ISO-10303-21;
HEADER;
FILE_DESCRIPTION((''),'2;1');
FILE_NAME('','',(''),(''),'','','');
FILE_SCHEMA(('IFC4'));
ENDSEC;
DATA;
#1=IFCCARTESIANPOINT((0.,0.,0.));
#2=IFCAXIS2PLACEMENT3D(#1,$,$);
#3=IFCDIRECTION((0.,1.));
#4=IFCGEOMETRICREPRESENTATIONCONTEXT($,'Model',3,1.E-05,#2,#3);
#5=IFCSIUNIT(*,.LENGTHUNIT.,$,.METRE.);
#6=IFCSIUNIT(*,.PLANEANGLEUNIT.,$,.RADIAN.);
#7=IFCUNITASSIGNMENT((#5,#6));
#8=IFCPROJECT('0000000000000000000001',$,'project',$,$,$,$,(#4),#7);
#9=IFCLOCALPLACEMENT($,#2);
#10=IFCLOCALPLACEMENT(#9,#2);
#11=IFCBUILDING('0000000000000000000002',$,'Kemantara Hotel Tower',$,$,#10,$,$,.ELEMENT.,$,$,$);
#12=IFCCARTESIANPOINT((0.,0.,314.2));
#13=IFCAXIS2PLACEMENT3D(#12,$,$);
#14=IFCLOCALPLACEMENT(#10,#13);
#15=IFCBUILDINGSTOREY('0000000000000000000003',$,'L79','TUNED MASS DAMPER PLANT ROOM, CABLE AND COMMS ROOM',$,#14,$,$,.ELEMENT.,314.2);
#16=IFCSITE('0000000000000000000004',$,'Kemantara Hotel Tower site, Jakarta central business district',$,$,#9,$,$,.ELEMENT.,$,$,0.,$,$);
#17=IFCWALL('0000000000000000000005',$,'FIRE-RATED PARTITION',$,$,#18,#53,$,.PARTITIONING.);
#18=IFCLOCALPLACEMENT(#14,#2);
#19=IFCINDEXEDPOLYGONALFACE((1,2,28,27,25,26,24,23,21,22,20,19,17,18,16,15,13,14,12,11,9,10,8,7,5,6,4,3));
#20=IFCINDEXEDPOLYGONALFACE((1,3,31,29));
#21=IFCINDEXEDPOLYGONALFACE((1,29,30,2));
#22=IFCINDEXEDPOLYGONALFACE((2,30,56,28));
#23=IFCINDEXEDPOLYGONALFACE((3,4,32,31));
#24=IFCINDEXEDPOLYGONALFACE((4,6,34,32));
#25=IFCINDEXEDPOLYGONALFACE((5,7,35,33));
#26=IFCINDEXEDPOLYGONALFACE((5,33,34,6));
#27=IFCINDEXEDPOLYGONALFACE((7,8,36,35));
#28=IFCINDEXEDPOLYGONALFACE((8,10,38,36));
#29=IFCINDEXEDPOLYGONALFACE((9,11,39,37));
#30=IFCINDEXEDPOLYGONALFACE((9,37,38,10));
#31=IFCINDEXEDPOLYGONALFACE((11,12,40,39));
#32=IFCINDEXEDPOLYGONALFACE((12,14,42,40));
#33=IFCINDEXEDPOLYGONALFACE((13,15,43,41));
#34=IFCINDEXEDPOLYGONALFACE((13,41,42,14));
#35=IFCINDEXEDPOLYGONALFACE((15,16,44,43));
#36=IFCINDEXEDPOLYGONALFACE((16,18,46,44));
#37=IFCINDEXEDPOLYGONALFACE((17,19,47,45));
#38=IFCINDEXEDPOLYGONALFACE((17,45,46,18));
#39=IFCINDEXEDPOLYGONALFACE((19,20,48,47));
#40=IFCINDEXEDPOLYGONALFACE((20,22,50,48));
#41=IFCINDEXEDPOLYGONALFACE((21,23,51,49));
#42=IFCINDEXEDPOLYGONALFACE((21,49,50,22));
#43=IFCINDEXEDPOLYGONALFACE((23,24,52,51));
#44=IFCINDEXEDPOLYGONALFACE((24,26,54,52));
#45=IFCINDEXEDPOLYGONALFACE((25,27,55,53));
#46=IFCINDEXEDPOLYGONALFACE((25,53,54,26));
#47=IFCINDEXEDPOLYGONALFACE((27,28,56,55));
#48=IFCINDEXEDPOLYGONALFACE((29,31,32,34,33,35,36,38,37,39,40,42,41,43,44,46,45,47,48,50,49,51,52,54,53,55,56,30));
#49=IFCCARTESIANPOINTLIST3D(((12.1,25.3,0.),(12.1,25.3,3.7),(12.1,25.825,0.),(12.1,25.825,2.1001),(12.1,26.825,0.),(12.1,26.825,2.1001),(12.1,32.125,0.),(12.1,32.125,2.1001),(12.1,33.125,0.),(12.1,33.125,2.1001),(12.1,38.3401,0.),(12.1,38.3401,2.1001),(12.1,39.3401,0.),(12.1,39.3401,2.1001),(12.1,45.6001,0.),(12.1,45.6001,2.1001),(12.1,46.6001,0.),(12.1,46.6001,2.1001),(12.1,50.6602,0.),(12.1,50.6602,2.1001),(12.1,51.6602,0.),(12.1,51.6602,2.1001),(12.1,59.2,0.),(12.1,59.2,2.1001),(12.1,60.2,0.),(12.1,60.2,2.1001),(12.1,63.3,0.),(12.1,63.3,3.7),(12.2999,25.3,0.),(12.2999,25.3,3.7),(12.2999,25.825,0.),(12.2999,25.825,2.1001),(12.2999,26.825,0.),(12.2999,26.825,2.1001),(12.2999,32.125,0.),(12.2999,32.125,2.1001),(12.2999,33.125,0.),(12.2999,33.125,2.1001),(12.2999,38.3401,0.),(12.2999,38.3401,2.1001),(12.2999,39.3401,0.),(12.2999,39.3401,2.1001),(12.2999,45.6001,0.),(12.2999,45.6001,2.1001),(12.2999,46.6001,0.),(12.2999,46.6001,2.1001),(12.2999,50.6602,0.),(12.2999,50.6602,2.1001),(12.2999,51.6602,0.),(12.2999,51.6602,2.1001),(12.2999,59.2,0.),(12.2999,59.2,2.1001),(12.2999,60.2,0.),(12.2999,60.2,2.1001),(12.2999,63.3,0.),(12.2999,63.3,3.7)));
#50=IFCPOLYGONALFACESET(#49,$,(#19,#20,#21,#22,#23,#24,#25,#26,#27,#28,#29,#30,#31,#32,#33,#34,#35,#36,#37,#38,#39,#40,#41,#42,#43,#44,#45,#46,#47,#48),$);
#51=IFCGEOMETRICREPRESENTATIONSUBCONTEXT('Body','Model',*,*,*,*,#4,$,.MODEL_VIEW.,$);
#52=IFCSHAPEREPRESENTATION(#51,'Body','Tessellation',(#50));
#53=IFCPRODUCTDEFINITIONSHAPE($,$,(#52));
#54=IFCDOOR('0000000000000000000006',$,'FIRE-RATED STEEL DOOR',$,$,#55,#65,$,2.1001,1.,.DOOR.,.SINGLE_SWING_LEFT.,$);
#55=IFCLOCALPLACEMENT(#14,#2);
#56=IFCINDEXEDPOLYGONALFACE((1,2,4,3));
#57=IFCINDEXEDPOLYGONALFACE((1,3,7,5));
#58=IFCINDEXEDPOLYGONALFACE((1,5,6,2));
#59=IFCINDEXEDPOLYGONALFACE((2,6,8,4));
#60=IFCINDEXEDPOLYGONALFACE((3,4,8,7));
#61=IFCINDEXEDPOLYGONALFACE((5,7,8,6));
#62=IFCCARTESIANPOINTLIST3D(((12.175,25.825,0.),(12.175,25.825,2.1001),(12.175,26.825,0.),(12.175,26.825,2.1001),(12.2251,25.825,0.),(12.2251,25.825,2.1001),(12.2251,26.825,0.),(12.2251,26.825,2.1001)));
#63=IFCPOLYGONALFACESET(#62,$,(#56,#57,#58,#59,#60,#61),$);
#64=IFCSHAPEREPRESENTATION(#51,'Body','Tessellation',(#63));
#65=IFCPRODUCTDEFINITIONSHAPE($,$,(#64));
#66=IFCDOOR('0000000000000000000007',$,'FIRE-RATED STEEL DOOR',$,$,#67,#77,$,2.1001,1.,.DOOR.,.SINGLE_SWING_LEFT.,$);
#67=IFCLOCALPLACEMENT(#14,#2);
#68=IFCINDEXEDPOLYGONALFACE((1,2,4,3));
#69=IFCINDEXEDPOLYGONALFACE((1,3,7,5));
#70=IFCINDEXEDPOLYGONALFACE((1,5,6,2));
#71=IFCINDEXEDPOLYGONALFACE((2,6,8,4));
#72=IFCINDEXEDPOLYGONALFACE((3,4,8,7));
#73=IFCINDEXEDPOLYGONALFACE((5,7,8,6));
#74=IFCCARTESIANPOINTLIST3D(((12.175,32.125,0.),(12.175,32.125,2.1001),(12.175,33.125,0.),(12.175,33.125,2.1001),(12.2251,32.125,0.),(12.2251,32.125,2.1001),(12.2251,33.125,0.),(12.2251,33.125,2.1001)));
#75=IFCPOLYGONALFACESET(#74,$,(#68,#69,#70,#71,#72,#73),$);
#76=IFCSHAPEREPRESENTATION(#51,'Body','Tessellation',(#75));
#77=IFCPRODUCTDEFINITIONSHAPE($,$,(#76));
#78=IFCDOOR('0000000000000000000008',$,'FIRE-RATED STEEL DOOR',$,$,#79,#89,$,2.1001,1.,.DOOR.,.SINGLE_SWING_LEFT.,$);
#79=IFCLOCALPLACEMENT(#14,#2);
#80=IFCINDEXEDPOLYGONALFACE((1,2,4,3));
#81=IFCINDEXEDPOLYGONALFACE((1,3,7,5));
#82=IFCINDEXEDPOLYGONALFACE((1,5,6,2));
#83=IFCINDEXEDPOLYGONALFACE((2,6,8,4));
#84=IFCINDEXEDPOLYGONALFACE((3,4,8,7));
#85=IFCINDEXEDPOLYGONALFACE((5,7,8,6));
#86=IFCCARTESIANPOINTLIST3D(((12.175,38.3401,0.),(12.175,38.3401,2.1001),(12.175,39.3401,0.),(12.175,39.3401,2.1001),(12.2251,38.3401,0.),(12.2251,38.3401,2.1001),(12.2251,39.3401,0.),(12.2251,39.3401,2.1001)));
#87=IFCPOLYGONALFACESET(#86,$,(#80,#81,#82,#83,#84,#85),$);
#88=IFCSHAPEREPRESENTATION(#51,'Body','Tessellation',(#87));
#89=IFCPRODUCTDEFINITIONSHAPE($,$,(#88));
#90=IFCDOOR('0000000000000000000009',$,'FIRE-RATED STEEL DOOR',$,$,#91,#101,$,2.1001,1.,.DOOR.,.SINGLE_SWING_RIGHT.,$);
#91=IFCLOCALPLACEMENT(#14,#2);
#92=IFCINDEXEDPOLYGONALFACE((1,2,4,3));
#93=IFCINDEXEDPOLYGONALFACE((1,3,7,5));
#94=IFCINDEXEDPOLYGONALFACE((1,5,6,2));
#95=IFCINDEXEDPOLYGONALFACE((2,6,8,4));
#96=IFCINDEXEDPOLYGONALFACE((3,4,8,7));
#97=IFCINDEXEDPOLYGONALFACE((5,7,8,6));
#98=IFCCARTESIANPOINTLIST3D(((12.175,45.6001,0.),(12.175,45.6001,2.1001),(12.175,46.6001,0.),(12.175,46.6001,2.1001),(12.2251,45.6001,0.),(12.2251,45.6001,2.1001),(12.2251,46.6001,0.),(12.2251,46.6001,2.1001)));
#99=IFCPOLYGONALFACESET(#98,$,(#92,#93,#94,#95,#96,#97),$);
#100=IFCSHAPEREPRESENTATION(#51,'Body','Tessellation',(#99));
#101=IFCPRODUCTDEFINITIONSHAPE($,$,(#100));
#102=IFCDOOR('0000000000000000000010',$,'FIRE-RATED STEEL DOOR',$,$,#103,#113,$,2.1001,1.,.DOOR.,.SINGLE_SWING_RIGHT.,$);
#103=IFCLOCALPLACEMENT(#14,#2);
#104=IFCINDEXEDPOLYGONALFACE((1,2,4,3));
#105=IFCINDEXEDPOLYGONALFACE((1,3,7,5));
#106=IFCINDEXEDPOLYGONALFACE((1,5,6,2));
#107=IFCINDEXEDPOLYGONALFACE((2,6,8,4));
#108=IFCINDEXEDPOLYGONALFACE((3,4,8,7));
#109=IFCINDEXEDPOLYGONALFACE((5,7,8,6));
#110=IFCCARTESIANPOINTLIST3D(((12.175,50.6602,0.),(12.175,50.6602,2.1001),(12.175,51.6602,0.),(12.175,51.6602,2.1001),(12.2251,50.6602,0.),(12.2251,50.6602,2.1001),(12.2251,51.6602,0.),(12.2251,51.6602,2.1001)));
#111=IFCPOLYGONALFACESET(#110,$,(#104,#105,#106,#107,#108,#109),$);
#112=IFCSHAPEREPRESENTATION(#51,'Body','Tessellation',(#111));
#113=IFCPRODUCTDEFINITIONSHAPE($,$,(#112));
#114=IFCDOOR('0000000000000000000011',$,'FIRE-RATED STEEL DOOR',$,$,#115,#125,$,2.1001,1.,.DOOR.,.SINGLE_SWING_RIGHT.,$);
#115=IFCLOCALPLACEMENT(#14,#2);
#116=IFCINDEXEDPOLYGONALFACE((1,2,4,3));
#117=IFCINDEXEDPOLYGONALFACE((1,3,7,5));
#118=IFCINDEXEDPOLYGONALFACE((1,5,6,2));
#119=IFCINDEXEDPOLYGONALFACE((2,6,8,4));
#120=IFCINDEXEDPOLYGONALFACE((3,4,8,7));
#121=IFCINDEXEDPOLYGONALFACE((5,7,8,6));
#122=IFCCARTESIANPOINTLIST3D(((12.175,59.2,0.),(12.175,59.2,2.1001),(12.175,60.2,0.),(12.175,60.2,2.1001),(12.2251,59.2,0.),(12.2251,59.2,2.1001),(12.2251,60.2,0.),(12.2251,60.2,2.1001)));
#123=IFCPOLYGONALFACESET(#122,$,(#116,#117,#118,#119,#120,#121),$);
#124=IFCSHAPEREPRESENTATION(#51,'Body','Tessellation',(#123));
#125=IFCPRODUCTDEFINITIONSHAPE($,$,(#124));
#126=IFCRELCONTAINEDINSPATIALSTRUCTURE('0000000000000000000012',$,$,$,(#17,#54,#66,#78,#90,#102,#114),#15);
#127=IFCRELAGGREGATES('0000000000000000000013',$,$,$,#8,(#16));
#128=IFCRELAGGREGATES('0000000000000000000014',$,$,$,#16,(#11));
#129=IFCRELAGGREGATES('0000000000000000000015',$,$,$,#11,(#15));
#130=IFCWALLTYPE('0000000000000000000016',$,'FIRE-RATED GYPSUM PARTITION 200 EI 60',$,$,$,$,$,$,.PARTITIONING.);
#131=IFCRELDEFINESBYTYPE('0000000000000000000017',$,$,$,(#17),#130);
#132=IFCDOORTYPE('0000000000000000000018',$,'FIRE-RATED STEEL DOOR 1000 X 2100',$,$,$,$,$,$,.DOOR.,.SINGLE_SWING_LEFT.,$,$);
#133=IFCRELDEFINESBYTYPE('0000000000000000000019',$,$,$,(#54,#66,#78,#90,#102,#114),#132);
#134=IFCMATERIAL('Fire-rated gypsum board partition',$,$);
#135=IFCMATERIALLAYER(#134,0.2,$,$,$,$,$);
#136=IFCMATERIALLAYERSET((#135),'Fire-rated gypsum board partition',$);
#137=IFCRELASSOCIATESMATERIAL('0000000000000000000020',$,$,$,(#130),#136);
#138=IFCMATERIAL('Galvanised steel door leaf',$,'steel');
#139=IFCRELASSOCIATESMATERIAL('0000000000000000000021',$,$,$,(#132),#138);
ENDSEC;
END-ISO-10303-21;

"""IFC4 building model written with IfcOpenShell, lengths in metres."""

from ifc_helpers import new_model, si_unit, direction, frame, frame_2d, origin, place, context, subcontext, project, spatial, rectangle, extrude, material, layer, layer_set, type_object, element, fill, save


model = new_model("IFC4")

# Units and contexts
model_context = context("Model", 3, precision=1e-05, world=origin(), true_north=direction((0.0, 1.0)))
body_context = subcontext(model_context, "Body", "Model", "MODEL_VIEW")
ifc_project = project(units=[si_unit("LENGTHUNIT", "METRE"), si_unit("PLANEANGLEUNIT", "RADIAN")], contexts=[model_context])

# Site, building, storey
site_placement = place(None, origin())
site = spatial("IfcSite", under=ifc_project, at=site_placement, Name="Kemantara Hotel Tower site, Jakarta central business district", CompositionType="ELEMENT", RefElevation=0.0)
building_placement = place(site_placement, origin())
building = spatial("IfcBuilding", under=site, at=building_placement, Name="Kemantara Hotel Tower", CompositionType="ELEMENT")
storey_placement = place(building_placement, frame((0.0, 0.0, 314.2)))
storey = spatial("IfcBuildingStorey", under=building, at=storey_placement, Name="L79", Description="TUNED MASS DAMPER PLANT ROOM, CABLE AND COMMS ROOM", CompositionType="ELEMENT", Elevation=314.2)

# Shared definitions
ifc_material_1 = material(Name="Fire-rated gypsum board partition")
ifc_layer_1 = layer(ifc_material_1, 0.2)
ifc_layer_set_1 = layer_set([ifc_layer_1], Name="Fire-rated gypsum board partition")
wall_type = type_object("IfcWallType", Name="FIRE-RATED GYPSUM PARTITION 200 EI 60", PredefinedType="PARTITIONING", material=ifc_layer_set_1)

# Wall, openings, doors
wall_1_placement = place(storey_placement, frame((12.2, 25.3, 0.0), z_axis=(0.0, 0.0, 1.0), x_axis=(0.0, 1.0, 0.0)))
wall_1 = element("IfcWall", 1, at=wall_1_placement, inside=storey, type_object=wall_type, Name="FIRE-RATED PARTITION", PredefinedType="PARTITIONING", context=body_context, shape_type="SweptSolid", body=[
    extrude(rectangle(XDim=38.0, YDim=0.2, at=frame_2d((19.0, 0.0))), origin(), (0.0, 0.0, 1.0), 3.7),
])
opening_1_placement = place(wall_1_placement, frame((0.5249, 0.0, 0.0)))
opening_1 = element("IfcOpeningElement", 2, at=opening_1_placement, cuts=wall_1, PredefinedType="OPENING", context=body_context, shape_type="SweptSolid", body=[
    extrude(rectangle(XDim=1.0, YDim=2.1001, at=frame_2d((0.5, 1.05))), frame((0.0, 0.1099, 0.0), z_axis=(0.0, -1.0, 0.0), x_axis=(1.0, 0.0, 0.0)), (0.0, 0.0, 1.0), 0.22),
])
opening_2_placement = place(wall_1_placement, frame((6.825, 0.0, 0.0)))
opening_2 = element("IfcOpeningElement", 3, at=opening_2_placement, cuts=wall_1, PredefinedType="OPENING", context=body_context, shape_type="SweptSolid", body=[
    extrude(rectangle(XDim=1.0, YDim=2.1001, at=frame_2d((0.5, 1.05))), frame((0.0, 0.1099, 0.0), z_axis=(0.0, -1.0, 0.0), x_axis=(1.0, 0.0, 0.0)), (0.0, 0.0, 1.0), 0.22),
])
opening_3_placement = place(wall_1_placement, frame((13.04, 0.0, 0.0)))
opening_3 = element("IfcOpeningElement", 4, at=opening_3_placement, cuts=wall_1, PredefinedType="OPENING", context=body_context, shape_type="SweptSolid", body=[
    extrude(rectangle(XDim=1.0, YDim=2.1001, at=frame_2d((0.5, 1.05))), frame((0.0, 0.1099, 0.0), z_axis=(0.0, -1.0, 0.0), x_axis=(1.0, 0.0, 0.0)), (0.0, 0.0, 1.0), 0.22),
])
opening_4_placement = place(wall_1_placement, frame((20.3, 0.0, 0.0)))
opening_4 = element("IfcOpeningElement", 5, at=opening_4_placement, cuts=wall_1, PredefinedType="OPENING", context=body_context, shape_type="SweptSolid", body=[
    extrude(rectangle(XDim=1.0, YDim=2.1001, at=frame_2d((0.5, 1.05))), frame((0.0, 0.1099, 0.0), z_axis=(0.0, -1.0, 0.0), x_axis=(1.0, 0.0, 0.0)), (0.0, 0.0, 1.0), 0.22),
])
opening_5_placement = place(wall_1_placement, frame((25.3601, 0.0, 0.0)))
opening_5 = element("IfcOpeningElement", 6, at=opening_5_placement, cuts=wall_1, PredefinedType="OPENING", context=body_context, shape_type="SweptSolid", body=[
    extrude(rectangle(XDim=1.0, YDim=2.1001, at=frame_2d((0.5, 1.05))), frame((0.0, 0.1099, 0.0), z_axis=(0.0, -1.0, 0.0), x_axis=(1.0, 0.0, 0.0)), (0.0, 0.0, 1.0), 0.22),
])
opening_6_placement = place(wall_1_placement, frame((33.8999, 0.0, 0.0)))
opening_6 = element("IfcOpeningElement", 7, at=opening_6_placement, cuts=wall_1, PredefinedType="OPENING", context=body_context, shape_type="SweptSolid", body=[
    extrude(rectangle(XDim=1.0, YDim=2.1001, at=frame_2d((0.5, 1.05))), frame((0.0, 0.1099, 0.0), z_axis=(0.0, -1.0, 0.0), x_axis=(1.0, 0.0, 0.0)), (0.0, 0.0, 1.0), 0.22),
])
ifc_material_2 = material(Name="Galvanised steel door leaf", Category="steel")
door_type = type_object("IfcDoorType", Name="FIRE-RATED STEEL DOOR 1000 X 2100", OperationType="SINGLE_SWING_LEFT", PredefinedType="DOOR", material=ifc_material_2)
door_1_placement = place(opening_1_placement, origin())
door_1 = element("IfcDoor", 8, at=door_1_placement, inside=storey, type_object=door_type, Name="FIRE-RATED STEEL DOOR", OperationType="SINGLE_SWING_LEFT", OverallHeight=2.1001, OverallWidth=1.0, PredefinedType="DOOR", context=body_context, shape_type="SweptSolid", body=[
    extrude(rectangle(XDim=1.0, YDim=2.1001, at=frame_2d((0.5, 1.05))), frame((0.0, 0.0249, 0.0), z_axis=(0.0, -1.0, 0.0), x_axis=(1.0, 0.0, 0.0)), (0.0, 0.0, 1.0), 0.05),
])
fill(opening_1, door_1)
door_2_placement = place(opening_2_placement, origin())
door_2 = element("IfcDoor", 9, at=door_2_placement, inside=storey, type_object=door_type, Name="FIRE-RATED STEEL DOOR", OperationType="SINGLE_SWING_LEFT", OverallHeight=2.1001, OverallWidth=1.0, PredefinedType="DOOR", context=body_context, shape_type="SweptSolid", body=[
    extrude(rectangle(XDim=1.0, YDim=2.1001, at=frame_2d((0.5, 1.05))), frame((0.0, 0.0249, 0.0), z_axis=(0.0, -1.0, 0.0), x_axis=(1.0, 0.0, 0.0)), (0.0, 0.0, 1.0), 0.05),
])
fill(opening_2, door_2)
door_3_placement = place(opening_3_placement, origin())
door_3 = element("IfcDoor", 10, at=door_3_placement, inside=storey, type_object=door_type, Name="FIRE-RATED STEEL DOOR", OperationType="SINGLE_SWING_LEFT", OverallHeight=2.1001, OverallWidth=1.0, PredefinedType="DOOR", context=body_context, shape_type="SweptSolid", body=[
    extrude(rectangle(XDim=1.0, YDim=2.1001, at=frame_2d((0.5, 1.05))), frame((0.0, 0.0249, 0.0), z_axis=(0.0, -1.0, 0.0), x_axis=(1.0, 0.0, 0.0)), (0.0, 0.0, 1.0), 0.05),
])
fill(opening_3, door_3)
door_4_placement = place(opening_4_placement, origin())
door_4 = element("IfcDoor", 11, at=door_4_placement, inside=storey, type_object=door_type, Name="FIRE-RATED STEEL DOOR", OperationType="SINGLE_SWING_RIGHT", OverallHeight=2.1001, OverallWidth=1.0, PredefinedType="DOOR", context=body_context, shape_type="SweptSolid", body=[
    extrude(rectangle(XDim=1.0, YDim=2.1001, at=frame_2d((0.5, 1.05))), frame((0.0, 0.0249, 0.0), z_axis=(0.0, -1.0, 0.0), x_axis=(1.0, 0.0, 0.0)), (0.0, 0.0, 1.0), 0.05),
])
fill(opening_4, door_4)
door_5_placement = place(opening_5_placement, origin())
door_5 = element("IfcDoor", 12, at=door_5_placement, inside=storey, type_object=door_type, Name="FIRE-RATED STEEL DOOR", OperationType="SINGLE_SWING_RIGHT", OverallHeight=2.1001, OverallWidth=1.0, PredefinedType="DOOR", context=body_context, shape_type="SweptSolid", body=[
    extrude(rectangle(XDim=1.0, YDim=2.1001, at=frame_2d((0.5, 1.05))), frame((0.0, 0.0249, 0.0), z_axis=(0.0, -1.0, 0.0), x_axis=(1.0, 0.0, 0.0)), (0.0, 0.0, 1.0), 0.05),
])
fill(opening_5, door_5)
door_6_placement = place(opening_6_placement, origin())
door_6 = element("IfcDoor", 13, at=door_6_placement, inside=storey, type_object=door_type, Name="FIRE-RATED STEEL DOOR", OperationType="SINGLE_SWING_RIGHT", OverallHeight=2.1001, OverallWidth=1.0, PredefinedType="DOOR", context=body_context, shape_type="SweptSolid", body=[
    extrude(rectangle(XDim=1.0, YDim=2.1001, at=frame_2d((0.5, 1.05))), frame((0.0, 0.0249, 0.0), z_axis=(0.0, -1.0, 0.0), x_axis=(1.0, 0.0, 0.0)), (0.0, 0.0, 1.0), 0.05),
])
fill(opening_6, door_6)

save(model, "model.ifc")
